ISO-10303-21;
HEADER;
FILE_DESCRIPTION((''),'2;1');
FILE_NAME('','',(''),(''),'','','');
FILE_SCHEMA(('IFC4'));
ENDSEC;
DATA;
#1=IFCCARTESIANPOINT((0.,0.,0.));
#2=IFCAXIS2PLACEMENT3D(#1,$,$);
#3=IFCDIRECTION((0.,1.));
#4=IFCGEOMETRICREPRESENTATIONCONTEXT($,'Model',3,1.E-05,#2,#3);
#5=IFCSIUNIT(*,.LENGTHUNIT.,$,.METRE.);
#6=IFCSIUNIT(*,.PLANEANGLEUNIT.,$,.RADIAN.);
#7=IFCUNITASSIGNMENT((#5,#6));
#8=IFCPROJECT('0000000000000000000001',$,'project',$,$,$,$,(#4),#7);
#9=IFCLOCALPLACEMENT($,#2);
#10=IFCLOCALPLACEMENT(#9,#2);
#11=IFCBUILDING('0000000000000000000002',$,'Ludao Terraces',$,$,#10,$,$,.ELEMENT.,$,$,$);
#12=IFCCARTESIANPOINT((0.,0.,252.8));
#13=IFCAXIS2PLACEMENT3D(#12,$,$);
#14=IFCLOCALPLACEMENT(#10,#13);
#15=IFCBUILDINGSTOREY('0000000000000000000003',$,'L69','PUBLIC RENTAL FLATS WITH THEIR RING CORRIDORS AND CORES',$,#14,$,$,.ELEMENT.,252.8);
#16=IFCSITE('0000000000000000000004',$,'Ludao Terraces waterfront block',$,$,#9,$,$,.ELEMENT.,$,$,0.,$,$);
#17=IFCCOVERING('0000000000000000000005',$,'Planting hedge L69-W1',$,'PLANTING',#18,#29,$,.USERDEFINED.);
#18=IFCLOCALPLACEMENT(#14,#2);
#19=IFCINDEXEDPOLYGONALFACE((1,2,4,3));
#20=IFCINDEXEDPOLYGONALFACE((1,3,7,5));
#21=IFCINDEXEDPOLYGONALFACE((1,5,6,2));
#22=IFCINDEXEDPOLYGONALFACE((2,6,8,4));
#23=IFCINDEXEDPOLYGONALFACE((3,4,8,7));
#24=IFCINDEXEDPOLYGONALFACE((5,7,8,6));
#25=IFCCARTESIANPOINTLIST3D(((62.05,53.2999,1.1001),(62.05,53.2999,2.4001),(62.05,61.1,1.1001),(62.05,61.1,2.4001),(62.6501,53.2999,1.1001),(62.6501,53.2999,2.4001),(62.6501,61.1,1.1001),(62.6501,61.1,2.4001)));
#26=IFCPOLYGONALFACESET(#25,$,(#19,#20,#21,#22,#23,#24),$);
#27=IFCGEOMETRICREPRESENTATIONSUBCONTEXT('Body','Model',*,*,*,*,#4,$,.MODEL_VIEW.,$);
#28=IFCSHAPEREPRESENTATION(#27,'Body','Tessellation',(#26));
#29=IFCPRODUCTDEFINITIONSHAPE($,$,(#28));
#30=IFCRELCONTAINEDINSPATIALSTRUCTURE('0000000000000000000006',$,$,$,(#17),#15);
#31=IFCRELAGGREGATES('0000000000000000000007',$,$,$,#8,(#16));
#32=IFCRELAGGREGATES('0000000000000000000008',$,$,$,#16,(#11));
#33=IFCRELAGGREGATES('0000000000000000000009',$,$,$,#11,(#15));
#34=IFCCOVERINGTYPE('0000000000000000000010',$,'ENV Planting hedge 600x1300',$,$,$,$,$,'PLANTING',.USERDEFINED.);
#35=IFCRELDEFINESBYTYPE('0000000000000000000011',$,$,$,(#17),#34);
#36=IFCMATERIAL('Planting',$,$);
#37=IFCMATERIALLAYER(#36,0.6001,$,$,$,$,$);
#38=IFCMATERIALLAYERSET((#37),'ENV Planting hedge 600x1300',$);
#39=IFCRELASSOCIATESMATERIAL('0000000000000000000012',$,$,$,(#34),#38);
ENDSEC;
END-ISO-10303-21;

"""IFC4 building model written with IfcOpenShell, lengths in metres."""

from ifc_helpers import new_model, si_unit, direction, frame, origin, origin_2d, place, context, subcontext, project, spatial, rectangle, extrude, material, layer, layer_set, type_object, element, save


model = new_model("IFC4")

# Units and contexts
model_context = context("Model", 3, precision=1e-05, world=origin(), true_north=direction((0.0, 1.0)))
body_context = subcontext(model_context, "Body", "Model", "MODEL_VIEW")
ifc_project = project(units=[si_unit("LENGTHUNIT", "METRE"), si_unit("PLANEANGLEUNIT", "RADIAN")], contexts=[model_context])

# Site, building, storey
site_placement = place(None, origin())
site = spatial("IfcSite", under=ifc_project, at=site_placement, Name="Ludao Terraces waterfront block", CompositionType="ELEMENT", RefElevation=0.0)
building_placement = place(site_placement, origin())
building = spatial("IfcBuilding", under=site, at=building_placement, Name="Ludao Terraces", CompositionType="ELEMENT")
storey_placement = place(building_placement, frame((0.0, 0.0, 252.8)))
storey = spatial("IfcBuildingStorey", under=building, at=storey_placement, Name="L69", Description="PUBLIC RENTAL FLATS WITH THEIR RING CORRIDORS AND CORES", CompositionType="ELEMENT", Elevation=252.8)

# Covering
ifc_material_1 = material(Name="Planting")
ifc_layer_1 = layer(ifc_material_1, 0.6001)
ifc_layer_set_1 = layer_set([ifc_layer_1], Name="ENV Planting hedge 600x1300")
covering_type = type_object("IfcCoveringType", Name="ENV Planting hedge 600x1300", ElementType="PLANTING", PredefinedType="USERDEFINED", material=ifc_layer_set_1)
covering_placement = place(storey_placement, frame((62.3501, 57.2, 1.1001), z_axis=(0.0, 0.0, 1.0), x_axis=(1.0, 0.0, 0.0)))
element("IfcCovering", 1, at=covering_placement, inside=storey, type_object=covering_type, Name="Planting hedge L69-W1", ObjectType="PLANTING", PredefinedType="USERDEFINED", context=body_context, shape_type="SweptSolid", body=[
    extrude(rectangle(XDim=0.6001, YDim=7.8, at=origin_2d()), origin(), (0.0, 0.0, 1.0), 1.3),
])

save(model, "model.ifc")
